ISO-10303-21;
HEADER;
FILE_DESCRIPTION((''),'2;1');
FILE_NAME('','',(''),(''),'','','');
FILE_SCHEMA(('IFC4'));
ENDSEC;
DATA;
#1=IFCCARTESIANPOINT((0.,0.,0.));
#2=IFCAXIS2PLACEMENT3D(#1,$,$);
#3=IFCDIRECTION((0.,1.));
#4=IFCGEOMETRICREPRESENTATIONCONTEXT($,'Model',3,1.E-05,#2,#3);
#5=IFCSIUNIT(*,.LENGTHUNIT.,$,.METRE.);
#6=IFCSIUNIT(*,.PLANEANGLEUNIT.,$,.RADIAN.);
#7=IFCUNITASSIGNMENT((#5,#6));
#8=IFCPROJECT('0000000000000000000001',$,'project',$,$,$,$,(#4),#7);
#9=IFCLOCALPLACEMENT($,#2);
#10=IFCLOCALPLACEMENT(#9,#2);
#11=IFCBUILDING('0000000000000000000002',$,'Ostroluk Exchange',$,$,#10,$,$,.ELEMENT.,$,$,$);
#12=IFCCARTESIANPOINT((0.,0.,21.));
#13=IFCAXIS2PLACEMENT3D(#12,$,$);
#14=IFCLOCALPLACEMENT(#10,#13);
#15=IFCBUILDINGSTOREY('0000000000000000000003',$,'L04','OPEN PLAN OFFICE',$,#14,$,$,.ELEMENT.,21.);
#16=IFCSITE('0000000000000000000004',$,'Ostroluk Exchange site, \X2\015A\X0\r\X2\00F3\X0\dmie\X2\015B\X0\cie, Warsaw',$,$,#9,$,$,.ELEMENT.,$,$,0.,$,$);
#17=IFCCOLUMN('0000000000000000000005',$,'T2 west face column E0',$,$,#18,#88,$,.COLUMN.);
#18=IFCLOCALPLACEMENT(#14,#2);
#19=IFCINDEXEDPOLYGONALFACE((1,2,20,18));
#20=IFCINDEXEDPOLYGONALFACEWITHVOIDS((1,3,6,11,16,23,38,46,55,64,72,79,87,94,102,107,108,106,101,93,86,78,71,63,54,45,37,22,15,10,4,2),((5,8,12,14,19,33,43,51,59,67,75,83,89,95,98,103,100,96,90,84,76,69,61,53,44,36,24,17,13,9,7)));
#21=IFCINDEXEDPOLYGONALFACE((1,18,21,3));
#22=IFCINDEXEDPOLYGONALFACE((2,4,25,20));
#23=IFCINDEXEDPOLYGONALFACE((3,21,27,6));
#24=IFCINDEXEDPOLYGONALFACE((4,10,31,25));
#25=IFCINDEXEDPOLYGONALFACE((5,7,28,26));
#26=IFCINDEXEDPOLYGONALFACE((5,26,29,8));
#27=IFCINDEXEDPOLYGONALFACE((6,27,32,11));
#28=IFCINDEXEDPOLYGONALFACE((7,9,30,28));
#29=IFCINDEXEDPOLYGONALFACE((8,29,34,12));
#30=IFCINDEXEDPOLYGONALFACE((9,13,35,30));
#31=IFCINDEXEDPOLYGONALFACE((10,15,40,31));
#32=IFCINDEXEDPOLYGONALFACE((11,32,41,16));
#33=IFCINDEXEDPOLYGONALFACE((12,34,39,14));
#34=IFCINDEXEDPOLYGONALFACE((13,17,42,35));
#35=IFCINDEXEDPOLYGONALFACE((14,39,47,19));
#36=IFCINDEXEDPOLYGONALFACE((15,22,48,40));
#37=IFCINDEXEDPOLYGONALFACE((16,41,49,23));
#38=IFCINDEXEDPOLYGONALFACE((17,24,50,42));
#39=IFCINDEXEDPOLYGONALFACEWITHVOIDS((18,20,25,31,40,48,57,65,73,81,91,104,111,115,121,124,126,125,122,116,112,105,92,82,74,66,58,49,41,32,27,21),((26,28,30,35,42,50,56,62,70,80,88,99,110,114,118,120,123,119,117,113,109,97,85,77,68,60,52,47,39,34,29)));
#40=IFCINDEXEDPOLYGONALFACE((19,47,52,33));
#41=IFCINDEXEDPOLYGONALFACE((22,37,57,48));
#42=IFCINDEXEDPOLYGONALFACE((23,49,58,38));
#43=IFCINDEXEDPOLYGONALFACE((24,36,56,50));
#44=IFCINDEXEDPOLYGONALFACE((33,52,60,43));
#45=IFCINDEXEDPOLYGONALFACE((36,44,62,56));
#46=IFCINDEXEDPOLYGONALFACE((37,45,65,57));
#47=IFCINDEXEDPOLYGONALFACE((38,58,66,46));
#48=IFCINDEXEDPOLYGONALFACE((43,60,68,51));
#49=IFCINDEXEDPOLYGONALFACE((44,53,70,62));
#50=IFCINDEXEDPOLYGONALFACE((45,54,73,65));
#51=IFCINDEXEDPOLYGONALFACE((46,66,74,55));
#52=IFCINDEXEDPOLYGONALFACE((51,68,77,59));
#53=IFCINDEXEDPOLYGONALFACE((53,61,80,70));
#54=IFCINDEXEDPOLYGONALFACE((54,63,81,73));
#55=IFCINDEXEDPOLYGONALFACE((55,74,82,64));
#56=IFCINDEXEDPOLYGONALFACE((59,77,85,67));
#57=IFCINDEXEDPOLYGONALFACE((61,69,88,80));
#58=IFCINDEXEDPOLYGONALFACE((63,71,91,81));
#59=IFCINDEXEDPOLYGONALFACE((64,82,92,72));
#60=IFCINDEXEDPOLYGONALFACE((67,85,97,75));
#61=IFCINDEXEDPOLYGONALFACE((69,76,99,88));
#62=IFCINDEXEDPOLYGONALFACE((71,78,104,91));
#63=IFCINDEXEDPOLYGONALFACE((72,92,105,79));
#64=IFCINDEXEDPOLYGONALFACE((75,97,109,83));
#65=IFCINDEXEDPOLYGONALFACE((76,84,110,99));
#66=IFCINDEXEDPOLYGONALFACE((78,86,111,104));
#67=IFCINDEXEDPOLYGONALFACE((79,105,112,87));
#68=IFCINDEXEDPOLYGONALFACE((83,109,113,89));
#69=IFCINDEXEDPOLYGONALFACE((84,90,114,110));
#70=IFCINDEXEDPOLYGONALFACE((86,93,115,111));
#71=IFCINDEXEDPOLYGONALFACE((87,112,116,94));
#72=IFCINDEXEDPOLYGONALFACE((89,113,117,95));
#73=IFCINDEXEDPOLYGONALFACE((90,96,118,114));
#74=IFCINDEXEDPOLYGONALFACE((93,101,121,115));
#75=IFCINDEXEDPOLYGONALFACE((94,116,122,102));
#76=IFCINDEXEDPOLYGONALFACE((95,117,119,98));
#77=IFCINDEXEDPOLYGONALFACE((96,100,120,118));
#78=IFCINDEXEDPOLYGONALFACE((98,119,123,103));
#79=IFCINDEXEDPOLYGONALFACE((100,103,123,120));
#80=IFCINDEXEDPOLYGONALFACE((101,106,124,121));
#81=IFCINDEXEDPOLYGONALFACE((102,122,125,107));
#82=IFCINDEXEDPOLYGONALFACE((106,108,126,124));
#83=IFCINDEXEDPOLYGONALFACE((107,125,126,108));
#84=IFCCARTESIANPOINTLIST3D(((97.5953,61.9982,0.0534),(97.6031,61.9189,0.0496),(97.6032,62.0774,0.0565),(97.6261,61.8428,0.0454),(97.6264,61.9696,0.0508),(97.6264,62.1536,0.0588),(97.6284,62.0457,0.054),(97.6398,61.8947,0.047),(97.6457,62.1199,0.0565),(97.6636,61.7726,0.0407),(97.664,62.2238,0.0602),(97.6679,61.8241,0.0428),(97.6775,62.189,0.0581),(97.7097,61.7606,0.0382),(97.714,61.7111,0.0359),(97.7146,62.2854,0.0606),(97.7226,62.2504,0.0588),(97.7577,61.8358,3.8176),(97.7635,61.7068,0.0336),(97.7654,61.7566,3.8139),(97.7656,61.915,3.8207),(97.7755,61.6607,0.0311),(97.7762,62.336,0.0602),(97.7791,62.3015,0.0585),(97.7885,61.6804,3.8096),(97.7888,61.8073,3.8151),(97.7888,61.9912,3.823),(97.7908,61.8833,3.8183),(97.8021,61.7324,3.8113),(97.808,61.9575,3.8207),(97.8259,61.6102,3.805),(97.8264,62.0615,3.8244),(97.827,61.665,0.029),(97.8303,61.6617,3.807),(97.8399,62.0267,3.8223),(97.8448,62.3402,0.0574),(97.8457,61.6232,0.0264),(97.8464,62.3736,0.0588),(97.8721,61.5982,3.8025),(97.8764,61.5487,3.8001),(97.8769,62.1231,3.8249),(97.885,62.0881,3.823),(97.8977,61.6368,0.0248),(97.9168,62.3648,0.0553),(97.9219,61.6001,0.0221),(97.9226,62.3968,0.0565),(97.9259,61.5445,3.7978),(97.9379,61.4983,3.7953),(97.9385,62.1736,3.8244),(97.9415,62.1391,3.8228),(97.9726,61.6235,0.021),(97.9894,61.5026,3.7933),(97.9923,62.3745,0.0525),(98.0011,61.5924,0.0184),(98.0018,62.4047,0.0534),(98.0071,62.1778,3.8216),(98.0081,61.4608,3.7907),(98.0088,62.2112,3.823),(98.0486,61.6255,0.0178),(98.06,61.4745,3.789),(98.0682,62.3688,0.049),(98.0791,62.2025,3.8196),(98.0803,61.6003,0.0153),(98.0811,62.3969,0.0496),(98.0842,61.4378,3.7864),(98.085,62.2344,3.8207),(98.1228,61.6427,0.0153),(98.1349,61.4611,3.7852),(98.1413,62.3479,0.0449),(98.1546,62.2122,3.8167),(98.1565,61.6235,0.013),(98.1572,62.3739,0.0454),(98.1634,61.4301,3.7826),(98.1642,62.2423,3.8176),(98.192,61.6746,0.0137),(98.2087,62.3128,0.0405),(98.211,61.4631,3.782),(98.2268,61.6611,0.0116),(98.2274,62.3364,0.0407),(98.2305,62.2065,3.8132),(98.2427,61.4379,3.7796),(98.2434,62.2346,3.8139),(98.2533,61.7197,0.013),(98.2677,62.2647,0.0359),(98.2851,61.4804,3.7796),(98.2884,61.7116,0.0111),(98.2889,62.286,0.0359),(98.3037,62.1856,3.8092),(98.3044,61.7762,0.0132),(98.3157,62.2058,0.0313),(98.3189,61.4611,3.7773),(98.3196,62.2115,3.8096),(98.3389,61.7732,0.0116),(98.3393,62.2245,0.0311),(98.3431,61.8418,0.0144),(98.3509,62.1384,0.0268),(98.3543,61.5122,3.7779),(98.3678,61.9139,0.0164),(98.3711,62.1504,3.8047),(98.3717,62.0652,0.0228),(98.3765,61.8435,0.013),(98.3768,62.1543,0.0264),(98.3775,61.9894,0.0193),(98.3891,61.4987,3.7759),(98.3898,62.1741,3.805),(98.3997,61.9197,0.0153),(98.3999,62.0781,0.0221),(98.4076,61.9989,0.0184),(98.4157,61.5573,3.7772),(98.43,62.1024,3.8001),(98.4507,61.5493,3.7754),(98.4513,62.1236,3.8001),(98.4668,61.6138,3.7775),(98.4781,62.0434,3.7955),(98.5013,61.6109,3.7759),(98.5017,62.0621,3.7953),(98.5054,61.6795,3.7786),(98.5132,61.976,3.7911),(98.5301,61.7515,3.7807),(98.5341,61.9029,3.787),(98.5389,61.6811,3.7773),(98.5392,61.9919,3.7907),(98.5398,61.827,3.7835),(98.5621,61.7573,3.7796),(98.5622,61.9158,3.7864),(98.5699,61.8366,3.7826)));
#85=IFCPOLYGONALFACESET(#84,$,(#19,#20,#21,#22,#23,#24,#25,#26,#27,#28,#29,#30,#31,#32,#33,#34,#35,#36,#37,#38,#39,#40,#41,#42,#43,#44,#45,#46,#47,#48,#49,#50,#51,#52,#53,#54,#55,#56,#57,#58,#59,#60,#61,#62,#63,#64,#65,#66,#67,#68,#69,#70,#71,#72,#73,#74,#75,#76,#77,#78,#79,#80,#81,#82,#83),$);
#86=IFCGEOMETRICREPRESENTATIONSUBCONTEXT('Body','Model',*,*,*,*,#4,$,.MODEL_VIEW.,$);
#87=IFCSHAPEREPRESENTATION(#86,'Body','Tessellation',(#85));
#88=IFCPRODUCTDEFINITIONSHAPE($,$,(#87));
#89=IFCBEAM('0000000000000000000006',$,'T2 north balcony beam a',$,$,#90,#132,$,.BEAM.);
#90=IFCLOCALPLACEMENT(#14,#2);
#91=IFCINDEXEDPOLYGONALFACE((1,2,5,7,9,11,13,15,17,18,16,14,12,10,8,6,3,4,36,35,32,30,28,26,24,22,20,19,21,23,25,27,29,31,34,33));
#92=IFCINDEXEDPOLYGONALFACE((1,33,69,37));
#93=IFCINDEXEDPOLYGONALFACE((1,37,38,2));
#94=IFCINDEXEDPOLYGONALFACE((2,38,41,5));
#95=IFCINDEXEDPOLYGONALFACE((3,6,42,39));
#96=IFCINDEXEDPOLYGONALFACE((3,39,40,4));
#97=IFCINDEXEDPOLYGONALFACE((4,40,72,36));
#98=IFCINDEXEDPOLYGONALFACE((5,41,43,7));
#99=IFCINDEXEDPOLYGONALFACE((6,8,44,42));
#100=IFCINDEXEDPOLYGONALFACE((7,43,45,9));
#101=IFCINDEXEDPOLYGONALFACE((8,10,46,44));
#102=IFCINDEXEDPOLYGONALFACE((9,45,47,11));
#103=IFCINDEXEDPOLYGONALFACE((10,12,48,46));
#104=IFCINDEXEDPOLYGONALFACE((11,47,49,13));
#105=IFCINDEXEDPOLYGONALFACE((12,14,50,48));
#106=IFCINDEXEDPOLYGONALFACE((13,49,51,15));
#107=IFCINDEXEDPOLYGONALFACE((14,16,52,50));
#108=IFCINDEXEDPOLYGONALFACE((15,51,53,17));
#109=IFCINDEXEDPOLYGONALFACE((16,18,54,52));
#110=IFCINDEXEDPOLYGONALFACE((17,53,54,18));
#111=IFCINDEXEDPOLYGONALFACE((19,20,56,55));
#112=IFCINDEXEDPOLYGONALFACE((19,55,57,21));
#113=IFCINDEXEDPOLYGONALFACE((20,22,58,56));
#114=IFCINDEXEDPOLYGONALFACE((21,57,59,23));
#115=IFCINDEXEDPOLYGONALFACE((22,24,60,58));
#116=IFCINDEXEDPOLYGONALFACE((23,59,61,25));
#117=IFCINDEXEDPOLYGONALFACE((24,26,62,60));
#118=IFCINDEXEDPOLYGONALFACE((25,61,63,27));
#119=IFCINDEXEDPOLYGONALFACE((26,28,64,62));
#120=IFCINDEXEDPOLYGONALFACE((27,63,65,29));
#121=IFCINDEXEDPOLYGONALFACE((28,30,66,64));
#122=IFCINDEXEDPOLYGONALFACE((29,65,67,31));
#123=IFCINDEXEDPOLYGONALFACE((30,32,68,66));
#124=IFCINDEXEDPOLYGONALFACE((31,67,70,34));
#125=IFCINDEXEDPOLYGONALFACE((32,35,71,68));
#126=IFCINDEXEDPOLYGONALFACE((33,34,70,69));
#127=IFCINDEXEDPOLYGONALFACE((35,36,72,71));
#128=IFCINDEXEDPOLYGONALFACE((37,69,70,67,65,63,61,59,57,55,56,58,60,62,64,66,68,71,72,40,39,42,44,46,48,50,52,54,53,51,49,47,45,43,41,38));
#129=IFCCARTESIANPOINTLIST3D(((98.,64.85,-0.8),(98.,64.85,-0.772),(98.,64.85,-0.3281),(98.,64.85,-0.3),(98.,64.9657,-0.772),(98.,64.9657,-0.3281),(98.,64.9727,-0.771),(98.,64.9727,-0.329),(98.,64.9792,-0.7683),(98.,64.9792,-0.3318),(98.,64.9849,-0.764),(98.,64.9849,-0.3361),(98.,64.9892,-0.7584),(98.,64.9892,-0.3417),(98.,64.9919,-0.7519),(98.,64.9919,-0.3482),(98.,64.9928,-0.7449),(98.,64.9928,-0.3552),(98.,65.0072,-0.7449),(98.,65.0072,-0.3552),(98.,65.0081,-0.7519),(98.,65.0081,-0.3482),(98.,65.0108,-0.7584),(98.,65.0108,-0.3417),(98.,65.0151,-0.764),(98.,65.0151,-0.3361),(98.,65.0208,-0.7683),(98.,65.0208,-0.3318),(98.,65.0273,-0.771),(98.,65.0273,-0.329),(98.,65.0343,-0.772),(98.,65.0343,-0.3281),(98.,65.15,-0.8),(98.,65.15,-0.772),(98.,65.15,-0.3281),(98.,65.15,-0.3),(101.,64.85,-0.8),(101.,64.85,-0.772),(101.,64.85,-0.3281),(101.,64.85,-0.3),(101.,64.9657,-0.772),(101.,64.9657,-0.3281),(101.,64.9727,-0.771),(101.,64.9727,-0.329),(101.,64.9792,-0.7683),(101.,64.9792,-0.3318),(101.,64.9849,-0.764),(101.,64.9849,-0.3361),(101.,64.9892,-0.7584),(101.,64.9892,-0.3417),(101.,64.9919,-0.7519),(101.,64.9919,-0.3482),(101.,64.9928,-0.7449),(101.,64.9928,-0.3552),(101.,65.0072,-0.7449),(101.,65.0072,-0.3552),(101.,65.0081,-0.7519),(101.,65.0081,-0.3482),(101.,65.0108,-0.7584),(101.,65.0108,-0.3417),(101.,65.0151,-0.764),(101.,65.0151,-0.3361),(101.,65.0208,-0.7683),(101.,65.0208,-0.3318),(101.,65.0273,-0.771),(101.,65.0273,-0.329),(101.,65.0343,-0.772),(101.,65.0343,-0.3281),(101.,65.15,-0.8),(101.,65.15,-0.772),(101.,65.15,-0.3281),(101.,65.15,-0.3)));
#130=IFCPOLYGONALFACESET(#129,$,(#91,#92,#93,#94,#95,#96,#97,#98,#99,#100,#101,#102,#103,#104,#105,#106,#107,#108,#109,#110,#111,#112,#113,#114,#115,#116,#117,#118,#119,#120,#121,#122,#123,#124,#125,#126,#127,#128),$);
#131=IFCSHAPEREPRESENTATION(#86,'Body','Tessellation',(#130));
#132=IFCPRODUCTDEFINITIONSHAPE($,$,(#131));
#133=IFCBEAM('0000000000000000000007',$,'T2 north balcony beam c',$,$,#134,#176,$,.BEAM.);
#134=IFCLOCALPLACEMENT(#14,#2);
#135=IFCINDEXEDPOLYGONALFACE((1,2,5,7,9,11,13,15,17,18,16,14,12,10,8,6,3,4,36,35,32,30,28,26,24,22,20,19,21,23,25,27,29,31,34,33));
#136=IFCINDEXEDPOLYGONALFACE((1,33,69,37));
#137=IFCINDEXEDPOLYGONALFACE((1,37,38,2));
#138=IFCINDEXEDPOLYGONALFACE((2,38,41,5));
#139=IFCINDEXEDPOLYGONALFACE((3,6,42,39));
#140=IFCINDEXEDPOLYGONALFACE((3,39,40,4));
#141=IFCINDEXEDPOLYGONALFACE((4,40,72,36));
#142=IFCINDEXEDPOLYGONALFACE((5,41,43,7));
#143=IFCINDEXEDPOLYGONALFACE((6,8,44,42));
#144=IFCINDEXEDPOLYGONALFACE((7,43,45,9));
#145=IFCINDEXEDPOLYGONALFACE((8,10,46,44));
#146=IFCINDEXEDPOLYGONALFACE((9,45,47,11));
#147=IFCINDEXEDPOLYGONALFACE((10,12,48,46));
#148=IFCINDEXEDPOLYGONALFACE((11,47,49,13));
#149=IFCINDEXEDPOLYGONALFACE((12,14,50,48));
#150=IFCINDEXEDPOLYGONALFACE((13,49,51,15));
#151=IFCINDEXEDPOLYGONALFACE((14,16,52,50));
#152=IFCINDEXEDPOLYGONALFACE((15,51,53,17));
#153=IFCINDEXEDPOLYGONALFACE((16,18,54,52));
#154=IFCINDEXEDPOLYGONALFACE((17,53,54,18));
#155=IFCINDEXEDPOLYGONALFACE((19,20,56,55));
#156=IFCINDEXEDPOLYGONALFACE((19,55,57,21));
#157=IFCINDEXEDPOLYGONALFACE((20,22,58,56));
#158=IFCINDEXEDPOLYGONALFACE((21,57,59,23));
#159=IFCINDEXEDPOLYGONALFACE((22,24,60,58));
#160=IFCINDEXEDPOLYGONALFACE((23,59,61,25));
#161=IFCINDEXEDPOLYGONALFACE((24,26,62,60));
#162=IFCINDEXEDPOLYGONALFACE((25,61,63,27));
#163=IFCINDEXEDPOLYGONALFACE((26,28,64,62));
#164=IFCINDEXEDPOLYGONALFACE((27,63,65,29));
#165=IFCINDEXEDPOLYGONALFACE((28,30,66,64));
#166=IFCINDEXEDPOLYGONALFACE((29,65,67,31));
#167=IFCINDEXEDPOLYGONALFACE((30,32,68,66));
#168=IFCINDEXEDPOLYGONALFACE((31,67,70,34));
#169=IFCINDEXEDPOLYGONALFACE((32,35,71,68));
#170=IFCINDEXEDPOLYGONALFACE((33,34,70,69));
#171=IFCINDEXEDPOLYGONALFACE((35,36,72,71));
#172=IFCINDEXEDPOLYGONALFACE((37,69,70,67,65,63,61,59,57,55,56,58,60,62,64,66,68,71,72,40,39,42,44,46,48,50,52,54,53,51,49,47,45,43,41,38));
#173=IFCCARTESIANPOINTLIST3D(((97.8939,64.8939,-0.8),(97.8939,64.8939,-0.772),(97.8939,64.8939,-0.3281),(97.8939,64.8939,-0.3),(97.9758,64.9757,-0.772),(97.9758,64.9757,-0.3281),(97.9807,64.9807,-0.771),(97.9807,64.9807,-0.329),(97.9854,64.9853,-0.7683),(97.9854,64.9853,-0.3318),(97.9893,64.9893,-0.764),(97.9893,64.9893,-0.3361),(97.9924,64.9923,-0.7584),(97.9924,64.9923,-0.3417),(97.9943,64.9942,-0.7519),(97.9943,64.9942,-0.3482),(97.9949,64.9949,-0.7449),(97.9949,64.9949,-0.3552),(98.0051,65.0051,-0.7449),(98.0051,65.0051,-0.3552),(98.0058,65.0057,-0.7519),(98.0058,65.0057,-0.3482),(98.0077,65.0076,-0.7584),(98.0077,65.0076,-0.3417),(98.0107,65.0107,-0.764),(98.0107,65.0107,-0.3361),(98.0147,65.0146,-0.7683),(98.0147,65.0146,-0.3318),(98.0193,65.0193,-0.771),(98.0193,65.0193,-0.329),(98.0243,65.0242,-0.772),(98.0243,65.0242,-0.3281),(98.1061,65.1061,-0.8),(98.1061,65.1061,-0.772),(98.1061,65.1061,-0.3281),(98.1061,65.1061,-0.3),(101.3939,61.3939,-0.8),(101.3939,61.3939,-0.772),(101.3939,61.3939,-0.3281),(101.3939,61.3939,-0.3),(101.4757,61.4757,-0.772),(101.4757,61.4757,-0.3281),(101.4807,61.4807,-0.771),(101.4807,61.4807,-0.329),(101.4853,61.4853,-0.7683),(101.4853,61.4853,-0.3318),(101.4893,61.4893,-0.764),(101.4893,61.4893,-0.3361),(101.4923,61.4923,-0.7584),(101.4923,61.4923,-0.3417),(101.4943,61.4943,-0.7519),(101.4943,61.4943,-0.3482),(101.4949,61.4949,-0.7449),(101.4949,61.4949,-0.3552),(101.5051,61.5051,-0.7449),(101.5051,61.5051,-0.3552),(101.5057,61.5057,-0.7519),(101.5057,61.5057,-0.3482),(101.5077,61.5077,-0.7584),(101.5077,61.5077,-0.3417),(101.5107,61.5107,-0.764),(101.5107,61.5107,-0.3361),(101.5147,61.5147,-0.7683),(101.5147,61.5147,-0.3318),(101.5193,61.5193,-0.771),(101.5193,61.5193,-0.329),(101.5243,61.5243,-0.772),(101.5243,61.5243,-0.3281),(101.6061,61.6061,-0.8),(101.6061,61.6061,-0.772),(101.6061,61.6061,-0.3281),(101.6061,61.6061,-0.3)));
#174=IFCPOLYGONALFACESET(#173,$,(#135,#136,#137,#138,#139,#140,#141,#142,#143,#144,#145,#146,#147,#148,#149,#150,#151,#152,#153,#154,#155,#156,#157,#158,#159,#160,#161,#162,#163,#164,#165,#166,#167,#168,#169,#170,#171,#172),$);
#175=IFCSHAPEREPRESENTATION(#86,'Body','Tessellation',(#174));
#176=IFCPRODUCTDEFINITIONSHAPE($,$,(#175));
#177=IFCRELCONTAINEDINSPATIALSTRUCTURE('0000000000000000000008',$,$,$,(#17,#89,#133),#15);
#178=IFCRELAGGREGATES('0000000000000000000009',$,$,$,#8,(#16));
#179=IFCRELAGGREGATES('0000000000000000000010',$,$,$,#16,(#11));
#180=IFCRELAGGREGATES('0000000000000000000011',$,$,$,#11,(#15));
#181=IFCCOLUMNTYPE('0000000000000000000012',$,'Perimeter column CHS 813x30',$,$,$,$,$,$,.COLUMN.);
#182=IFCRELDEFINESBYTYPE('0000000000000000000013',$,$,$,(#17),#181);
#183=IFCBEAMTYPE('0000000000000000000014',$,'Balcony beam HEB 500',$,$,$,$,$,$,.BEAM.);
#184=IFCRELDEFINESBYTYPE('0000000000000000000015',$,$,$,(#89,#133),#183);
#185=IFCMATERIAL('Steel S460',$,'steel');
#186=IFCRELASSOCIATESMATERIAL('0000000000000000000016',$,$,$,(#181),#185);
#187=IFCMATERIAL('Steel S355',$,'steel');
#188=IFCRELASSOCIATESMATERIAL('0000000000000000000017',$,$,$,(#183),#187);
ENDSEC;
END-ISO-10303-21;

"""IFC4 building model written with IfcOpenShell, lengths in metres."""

from ifc_helpers import new_model, si_unit, direction, frame, origin, origin_2d, place, context, subcontext, project, spatial, hollow_circle, i_section, extrude, material, material_profile, profile_set, type_object, element, save


model = new_model("IFC4")

# Units and contexts
model_context = context("Model", 3, precision=1e-05, world=origin(), true_north=direction((0.0, 1.0)))
body_context = subcontext(model_context, "Body", "Model", "MODEL_VIEW")
ifc_project = project(units=[si_unit("LENGTHUNIT", "METRE"), si_unit("PLANEANGLEUNIT", "RADIAN")], contexts=[model_context])

# Site, building, storey
site_placement = place(None, origin())
site = spatial("IfcSite", under=ifc_project, at=site_placement, Name="Ostroluk Exchange site, Śródmieście, Warsaw", CompositionType="ELEMENT", RefElevation=0.0)
building_placement = place(site_placement, origin())
building = spatial("IfcBuilding", under=site, at=building_placement, Name="Ostroluk Exchange", CompositionType="ELEMENT")
storey_placement = place(building_placement, frame((0.0, 0.0, 21.0)))
storey = spatial("IfcBuildingStorey", under=building, at=storey_placement, Name="L04", Description="OPEN PLAN OFFICE", CompositionType="ELEMENT", Elevation=21.0)

# Column
ifc_material_1 = material(Name="Steel S460", Category="steel")
ifc_material_profile_1 = material_profile(ifc_material_1, hollow_circle(Radius=0.4065, WallThickness=0.03, at=origin_2d()), Name="CHS 813x30")
ifc_profile_set_1 = profile_set([ifc_material_profile_1], Name="Steel S460")
column_type_1 = type_object("IfcColumnType", Name="Perimeter column CHS 813x30", PredefinedType="COLUMN", material=ifc_profile_set_1)
column_1_placement = place(storey_placement, frame((98.0015, 61.9985, 0.0359), z_axis=(0.043051, -0.043051, 0.998145), x_axis=(0.707107, 0.707107, 0.0)))
element("IfcColumn", 1, at=column_1_placement, inside=storey, type_object=column_type_1, Name="T2 west face column E0", PredefinedType="COLUMN", context=body_context, shape_type="SweptSolid", body=[
    extrude(hollow_circle(Radius=0.4065, WallThickness=0.03, at=origin_2d()), origin(), (0.0, 0.0, 1.0), 3.7712),
])

# Beams
ifc_material_2 = material(Name="Steel S355", Category="steel")
ifc_material_profile_2 = material_profile(ifc_material_2, i_section(OverallWidth=0.3, OverallDepth=0.5, WebThickness=0.0144, FlangeThickness=0.0281, FilletRadius=0.0271, at=origin_2d()), Name="HEB 500")
ifc_profile_set_2 = profile_set([ifc_material_profile_2], Name="Steel S355")
beam_type_1 = type_object("IfcBeamType", Name="Balcony beam HEB 500", PredefinedType="BEAM", material=ifc_profile_set_2)
beam_1_placement = place(storey_placement, frame((101.0, 65.0, -0.55), z_axis=(-1.0, 0.0, 0.0), x_axis=(0.0, -1.0, 0.0)))
element("IfcBeam", 2, at=beam_1_placement, inside=storey, type_object=beam_type_1, Name="T2 north balcony beam a", PredefinedType="BEAM", context=body_context, shape_type="SweptSolid", body=[
    extrude(i_section(OverallWidth=0.3, OverallDepth=0.5, WebThickness=0.0144, FlangeThickness=0.0281, FilletRadius=0.0271, at=origin_2d()), origin(), (0.0, 0.0, 1.0), 3.0),
])
beam_2_placement = place(storey_placement, frame((101.5, 61.5, -0.55), z_axis=(-0.707107, 0.707107, 0.0), x_axis=(-0.707107, -0.707107, 0.0)))
element("IfcBeam", 3, at=beam_2_placement, inside=storey, type_object=beam_type_1, Name="T2 north balcony beam c", PredefinedType="BEAM", context=body_context, shape_type="SweptSolid", body=[
    extrude(i_section(OverallWidth=0.3, OverallDepth=0.5, WebThickness=0.0144, FlangeThickness=0.0281, FilletRadius=0.0271, at=origin_2d()), origin(), (0.0, 0.0, 1.0), 4.9497),
])

save(model, "model.ifc")
